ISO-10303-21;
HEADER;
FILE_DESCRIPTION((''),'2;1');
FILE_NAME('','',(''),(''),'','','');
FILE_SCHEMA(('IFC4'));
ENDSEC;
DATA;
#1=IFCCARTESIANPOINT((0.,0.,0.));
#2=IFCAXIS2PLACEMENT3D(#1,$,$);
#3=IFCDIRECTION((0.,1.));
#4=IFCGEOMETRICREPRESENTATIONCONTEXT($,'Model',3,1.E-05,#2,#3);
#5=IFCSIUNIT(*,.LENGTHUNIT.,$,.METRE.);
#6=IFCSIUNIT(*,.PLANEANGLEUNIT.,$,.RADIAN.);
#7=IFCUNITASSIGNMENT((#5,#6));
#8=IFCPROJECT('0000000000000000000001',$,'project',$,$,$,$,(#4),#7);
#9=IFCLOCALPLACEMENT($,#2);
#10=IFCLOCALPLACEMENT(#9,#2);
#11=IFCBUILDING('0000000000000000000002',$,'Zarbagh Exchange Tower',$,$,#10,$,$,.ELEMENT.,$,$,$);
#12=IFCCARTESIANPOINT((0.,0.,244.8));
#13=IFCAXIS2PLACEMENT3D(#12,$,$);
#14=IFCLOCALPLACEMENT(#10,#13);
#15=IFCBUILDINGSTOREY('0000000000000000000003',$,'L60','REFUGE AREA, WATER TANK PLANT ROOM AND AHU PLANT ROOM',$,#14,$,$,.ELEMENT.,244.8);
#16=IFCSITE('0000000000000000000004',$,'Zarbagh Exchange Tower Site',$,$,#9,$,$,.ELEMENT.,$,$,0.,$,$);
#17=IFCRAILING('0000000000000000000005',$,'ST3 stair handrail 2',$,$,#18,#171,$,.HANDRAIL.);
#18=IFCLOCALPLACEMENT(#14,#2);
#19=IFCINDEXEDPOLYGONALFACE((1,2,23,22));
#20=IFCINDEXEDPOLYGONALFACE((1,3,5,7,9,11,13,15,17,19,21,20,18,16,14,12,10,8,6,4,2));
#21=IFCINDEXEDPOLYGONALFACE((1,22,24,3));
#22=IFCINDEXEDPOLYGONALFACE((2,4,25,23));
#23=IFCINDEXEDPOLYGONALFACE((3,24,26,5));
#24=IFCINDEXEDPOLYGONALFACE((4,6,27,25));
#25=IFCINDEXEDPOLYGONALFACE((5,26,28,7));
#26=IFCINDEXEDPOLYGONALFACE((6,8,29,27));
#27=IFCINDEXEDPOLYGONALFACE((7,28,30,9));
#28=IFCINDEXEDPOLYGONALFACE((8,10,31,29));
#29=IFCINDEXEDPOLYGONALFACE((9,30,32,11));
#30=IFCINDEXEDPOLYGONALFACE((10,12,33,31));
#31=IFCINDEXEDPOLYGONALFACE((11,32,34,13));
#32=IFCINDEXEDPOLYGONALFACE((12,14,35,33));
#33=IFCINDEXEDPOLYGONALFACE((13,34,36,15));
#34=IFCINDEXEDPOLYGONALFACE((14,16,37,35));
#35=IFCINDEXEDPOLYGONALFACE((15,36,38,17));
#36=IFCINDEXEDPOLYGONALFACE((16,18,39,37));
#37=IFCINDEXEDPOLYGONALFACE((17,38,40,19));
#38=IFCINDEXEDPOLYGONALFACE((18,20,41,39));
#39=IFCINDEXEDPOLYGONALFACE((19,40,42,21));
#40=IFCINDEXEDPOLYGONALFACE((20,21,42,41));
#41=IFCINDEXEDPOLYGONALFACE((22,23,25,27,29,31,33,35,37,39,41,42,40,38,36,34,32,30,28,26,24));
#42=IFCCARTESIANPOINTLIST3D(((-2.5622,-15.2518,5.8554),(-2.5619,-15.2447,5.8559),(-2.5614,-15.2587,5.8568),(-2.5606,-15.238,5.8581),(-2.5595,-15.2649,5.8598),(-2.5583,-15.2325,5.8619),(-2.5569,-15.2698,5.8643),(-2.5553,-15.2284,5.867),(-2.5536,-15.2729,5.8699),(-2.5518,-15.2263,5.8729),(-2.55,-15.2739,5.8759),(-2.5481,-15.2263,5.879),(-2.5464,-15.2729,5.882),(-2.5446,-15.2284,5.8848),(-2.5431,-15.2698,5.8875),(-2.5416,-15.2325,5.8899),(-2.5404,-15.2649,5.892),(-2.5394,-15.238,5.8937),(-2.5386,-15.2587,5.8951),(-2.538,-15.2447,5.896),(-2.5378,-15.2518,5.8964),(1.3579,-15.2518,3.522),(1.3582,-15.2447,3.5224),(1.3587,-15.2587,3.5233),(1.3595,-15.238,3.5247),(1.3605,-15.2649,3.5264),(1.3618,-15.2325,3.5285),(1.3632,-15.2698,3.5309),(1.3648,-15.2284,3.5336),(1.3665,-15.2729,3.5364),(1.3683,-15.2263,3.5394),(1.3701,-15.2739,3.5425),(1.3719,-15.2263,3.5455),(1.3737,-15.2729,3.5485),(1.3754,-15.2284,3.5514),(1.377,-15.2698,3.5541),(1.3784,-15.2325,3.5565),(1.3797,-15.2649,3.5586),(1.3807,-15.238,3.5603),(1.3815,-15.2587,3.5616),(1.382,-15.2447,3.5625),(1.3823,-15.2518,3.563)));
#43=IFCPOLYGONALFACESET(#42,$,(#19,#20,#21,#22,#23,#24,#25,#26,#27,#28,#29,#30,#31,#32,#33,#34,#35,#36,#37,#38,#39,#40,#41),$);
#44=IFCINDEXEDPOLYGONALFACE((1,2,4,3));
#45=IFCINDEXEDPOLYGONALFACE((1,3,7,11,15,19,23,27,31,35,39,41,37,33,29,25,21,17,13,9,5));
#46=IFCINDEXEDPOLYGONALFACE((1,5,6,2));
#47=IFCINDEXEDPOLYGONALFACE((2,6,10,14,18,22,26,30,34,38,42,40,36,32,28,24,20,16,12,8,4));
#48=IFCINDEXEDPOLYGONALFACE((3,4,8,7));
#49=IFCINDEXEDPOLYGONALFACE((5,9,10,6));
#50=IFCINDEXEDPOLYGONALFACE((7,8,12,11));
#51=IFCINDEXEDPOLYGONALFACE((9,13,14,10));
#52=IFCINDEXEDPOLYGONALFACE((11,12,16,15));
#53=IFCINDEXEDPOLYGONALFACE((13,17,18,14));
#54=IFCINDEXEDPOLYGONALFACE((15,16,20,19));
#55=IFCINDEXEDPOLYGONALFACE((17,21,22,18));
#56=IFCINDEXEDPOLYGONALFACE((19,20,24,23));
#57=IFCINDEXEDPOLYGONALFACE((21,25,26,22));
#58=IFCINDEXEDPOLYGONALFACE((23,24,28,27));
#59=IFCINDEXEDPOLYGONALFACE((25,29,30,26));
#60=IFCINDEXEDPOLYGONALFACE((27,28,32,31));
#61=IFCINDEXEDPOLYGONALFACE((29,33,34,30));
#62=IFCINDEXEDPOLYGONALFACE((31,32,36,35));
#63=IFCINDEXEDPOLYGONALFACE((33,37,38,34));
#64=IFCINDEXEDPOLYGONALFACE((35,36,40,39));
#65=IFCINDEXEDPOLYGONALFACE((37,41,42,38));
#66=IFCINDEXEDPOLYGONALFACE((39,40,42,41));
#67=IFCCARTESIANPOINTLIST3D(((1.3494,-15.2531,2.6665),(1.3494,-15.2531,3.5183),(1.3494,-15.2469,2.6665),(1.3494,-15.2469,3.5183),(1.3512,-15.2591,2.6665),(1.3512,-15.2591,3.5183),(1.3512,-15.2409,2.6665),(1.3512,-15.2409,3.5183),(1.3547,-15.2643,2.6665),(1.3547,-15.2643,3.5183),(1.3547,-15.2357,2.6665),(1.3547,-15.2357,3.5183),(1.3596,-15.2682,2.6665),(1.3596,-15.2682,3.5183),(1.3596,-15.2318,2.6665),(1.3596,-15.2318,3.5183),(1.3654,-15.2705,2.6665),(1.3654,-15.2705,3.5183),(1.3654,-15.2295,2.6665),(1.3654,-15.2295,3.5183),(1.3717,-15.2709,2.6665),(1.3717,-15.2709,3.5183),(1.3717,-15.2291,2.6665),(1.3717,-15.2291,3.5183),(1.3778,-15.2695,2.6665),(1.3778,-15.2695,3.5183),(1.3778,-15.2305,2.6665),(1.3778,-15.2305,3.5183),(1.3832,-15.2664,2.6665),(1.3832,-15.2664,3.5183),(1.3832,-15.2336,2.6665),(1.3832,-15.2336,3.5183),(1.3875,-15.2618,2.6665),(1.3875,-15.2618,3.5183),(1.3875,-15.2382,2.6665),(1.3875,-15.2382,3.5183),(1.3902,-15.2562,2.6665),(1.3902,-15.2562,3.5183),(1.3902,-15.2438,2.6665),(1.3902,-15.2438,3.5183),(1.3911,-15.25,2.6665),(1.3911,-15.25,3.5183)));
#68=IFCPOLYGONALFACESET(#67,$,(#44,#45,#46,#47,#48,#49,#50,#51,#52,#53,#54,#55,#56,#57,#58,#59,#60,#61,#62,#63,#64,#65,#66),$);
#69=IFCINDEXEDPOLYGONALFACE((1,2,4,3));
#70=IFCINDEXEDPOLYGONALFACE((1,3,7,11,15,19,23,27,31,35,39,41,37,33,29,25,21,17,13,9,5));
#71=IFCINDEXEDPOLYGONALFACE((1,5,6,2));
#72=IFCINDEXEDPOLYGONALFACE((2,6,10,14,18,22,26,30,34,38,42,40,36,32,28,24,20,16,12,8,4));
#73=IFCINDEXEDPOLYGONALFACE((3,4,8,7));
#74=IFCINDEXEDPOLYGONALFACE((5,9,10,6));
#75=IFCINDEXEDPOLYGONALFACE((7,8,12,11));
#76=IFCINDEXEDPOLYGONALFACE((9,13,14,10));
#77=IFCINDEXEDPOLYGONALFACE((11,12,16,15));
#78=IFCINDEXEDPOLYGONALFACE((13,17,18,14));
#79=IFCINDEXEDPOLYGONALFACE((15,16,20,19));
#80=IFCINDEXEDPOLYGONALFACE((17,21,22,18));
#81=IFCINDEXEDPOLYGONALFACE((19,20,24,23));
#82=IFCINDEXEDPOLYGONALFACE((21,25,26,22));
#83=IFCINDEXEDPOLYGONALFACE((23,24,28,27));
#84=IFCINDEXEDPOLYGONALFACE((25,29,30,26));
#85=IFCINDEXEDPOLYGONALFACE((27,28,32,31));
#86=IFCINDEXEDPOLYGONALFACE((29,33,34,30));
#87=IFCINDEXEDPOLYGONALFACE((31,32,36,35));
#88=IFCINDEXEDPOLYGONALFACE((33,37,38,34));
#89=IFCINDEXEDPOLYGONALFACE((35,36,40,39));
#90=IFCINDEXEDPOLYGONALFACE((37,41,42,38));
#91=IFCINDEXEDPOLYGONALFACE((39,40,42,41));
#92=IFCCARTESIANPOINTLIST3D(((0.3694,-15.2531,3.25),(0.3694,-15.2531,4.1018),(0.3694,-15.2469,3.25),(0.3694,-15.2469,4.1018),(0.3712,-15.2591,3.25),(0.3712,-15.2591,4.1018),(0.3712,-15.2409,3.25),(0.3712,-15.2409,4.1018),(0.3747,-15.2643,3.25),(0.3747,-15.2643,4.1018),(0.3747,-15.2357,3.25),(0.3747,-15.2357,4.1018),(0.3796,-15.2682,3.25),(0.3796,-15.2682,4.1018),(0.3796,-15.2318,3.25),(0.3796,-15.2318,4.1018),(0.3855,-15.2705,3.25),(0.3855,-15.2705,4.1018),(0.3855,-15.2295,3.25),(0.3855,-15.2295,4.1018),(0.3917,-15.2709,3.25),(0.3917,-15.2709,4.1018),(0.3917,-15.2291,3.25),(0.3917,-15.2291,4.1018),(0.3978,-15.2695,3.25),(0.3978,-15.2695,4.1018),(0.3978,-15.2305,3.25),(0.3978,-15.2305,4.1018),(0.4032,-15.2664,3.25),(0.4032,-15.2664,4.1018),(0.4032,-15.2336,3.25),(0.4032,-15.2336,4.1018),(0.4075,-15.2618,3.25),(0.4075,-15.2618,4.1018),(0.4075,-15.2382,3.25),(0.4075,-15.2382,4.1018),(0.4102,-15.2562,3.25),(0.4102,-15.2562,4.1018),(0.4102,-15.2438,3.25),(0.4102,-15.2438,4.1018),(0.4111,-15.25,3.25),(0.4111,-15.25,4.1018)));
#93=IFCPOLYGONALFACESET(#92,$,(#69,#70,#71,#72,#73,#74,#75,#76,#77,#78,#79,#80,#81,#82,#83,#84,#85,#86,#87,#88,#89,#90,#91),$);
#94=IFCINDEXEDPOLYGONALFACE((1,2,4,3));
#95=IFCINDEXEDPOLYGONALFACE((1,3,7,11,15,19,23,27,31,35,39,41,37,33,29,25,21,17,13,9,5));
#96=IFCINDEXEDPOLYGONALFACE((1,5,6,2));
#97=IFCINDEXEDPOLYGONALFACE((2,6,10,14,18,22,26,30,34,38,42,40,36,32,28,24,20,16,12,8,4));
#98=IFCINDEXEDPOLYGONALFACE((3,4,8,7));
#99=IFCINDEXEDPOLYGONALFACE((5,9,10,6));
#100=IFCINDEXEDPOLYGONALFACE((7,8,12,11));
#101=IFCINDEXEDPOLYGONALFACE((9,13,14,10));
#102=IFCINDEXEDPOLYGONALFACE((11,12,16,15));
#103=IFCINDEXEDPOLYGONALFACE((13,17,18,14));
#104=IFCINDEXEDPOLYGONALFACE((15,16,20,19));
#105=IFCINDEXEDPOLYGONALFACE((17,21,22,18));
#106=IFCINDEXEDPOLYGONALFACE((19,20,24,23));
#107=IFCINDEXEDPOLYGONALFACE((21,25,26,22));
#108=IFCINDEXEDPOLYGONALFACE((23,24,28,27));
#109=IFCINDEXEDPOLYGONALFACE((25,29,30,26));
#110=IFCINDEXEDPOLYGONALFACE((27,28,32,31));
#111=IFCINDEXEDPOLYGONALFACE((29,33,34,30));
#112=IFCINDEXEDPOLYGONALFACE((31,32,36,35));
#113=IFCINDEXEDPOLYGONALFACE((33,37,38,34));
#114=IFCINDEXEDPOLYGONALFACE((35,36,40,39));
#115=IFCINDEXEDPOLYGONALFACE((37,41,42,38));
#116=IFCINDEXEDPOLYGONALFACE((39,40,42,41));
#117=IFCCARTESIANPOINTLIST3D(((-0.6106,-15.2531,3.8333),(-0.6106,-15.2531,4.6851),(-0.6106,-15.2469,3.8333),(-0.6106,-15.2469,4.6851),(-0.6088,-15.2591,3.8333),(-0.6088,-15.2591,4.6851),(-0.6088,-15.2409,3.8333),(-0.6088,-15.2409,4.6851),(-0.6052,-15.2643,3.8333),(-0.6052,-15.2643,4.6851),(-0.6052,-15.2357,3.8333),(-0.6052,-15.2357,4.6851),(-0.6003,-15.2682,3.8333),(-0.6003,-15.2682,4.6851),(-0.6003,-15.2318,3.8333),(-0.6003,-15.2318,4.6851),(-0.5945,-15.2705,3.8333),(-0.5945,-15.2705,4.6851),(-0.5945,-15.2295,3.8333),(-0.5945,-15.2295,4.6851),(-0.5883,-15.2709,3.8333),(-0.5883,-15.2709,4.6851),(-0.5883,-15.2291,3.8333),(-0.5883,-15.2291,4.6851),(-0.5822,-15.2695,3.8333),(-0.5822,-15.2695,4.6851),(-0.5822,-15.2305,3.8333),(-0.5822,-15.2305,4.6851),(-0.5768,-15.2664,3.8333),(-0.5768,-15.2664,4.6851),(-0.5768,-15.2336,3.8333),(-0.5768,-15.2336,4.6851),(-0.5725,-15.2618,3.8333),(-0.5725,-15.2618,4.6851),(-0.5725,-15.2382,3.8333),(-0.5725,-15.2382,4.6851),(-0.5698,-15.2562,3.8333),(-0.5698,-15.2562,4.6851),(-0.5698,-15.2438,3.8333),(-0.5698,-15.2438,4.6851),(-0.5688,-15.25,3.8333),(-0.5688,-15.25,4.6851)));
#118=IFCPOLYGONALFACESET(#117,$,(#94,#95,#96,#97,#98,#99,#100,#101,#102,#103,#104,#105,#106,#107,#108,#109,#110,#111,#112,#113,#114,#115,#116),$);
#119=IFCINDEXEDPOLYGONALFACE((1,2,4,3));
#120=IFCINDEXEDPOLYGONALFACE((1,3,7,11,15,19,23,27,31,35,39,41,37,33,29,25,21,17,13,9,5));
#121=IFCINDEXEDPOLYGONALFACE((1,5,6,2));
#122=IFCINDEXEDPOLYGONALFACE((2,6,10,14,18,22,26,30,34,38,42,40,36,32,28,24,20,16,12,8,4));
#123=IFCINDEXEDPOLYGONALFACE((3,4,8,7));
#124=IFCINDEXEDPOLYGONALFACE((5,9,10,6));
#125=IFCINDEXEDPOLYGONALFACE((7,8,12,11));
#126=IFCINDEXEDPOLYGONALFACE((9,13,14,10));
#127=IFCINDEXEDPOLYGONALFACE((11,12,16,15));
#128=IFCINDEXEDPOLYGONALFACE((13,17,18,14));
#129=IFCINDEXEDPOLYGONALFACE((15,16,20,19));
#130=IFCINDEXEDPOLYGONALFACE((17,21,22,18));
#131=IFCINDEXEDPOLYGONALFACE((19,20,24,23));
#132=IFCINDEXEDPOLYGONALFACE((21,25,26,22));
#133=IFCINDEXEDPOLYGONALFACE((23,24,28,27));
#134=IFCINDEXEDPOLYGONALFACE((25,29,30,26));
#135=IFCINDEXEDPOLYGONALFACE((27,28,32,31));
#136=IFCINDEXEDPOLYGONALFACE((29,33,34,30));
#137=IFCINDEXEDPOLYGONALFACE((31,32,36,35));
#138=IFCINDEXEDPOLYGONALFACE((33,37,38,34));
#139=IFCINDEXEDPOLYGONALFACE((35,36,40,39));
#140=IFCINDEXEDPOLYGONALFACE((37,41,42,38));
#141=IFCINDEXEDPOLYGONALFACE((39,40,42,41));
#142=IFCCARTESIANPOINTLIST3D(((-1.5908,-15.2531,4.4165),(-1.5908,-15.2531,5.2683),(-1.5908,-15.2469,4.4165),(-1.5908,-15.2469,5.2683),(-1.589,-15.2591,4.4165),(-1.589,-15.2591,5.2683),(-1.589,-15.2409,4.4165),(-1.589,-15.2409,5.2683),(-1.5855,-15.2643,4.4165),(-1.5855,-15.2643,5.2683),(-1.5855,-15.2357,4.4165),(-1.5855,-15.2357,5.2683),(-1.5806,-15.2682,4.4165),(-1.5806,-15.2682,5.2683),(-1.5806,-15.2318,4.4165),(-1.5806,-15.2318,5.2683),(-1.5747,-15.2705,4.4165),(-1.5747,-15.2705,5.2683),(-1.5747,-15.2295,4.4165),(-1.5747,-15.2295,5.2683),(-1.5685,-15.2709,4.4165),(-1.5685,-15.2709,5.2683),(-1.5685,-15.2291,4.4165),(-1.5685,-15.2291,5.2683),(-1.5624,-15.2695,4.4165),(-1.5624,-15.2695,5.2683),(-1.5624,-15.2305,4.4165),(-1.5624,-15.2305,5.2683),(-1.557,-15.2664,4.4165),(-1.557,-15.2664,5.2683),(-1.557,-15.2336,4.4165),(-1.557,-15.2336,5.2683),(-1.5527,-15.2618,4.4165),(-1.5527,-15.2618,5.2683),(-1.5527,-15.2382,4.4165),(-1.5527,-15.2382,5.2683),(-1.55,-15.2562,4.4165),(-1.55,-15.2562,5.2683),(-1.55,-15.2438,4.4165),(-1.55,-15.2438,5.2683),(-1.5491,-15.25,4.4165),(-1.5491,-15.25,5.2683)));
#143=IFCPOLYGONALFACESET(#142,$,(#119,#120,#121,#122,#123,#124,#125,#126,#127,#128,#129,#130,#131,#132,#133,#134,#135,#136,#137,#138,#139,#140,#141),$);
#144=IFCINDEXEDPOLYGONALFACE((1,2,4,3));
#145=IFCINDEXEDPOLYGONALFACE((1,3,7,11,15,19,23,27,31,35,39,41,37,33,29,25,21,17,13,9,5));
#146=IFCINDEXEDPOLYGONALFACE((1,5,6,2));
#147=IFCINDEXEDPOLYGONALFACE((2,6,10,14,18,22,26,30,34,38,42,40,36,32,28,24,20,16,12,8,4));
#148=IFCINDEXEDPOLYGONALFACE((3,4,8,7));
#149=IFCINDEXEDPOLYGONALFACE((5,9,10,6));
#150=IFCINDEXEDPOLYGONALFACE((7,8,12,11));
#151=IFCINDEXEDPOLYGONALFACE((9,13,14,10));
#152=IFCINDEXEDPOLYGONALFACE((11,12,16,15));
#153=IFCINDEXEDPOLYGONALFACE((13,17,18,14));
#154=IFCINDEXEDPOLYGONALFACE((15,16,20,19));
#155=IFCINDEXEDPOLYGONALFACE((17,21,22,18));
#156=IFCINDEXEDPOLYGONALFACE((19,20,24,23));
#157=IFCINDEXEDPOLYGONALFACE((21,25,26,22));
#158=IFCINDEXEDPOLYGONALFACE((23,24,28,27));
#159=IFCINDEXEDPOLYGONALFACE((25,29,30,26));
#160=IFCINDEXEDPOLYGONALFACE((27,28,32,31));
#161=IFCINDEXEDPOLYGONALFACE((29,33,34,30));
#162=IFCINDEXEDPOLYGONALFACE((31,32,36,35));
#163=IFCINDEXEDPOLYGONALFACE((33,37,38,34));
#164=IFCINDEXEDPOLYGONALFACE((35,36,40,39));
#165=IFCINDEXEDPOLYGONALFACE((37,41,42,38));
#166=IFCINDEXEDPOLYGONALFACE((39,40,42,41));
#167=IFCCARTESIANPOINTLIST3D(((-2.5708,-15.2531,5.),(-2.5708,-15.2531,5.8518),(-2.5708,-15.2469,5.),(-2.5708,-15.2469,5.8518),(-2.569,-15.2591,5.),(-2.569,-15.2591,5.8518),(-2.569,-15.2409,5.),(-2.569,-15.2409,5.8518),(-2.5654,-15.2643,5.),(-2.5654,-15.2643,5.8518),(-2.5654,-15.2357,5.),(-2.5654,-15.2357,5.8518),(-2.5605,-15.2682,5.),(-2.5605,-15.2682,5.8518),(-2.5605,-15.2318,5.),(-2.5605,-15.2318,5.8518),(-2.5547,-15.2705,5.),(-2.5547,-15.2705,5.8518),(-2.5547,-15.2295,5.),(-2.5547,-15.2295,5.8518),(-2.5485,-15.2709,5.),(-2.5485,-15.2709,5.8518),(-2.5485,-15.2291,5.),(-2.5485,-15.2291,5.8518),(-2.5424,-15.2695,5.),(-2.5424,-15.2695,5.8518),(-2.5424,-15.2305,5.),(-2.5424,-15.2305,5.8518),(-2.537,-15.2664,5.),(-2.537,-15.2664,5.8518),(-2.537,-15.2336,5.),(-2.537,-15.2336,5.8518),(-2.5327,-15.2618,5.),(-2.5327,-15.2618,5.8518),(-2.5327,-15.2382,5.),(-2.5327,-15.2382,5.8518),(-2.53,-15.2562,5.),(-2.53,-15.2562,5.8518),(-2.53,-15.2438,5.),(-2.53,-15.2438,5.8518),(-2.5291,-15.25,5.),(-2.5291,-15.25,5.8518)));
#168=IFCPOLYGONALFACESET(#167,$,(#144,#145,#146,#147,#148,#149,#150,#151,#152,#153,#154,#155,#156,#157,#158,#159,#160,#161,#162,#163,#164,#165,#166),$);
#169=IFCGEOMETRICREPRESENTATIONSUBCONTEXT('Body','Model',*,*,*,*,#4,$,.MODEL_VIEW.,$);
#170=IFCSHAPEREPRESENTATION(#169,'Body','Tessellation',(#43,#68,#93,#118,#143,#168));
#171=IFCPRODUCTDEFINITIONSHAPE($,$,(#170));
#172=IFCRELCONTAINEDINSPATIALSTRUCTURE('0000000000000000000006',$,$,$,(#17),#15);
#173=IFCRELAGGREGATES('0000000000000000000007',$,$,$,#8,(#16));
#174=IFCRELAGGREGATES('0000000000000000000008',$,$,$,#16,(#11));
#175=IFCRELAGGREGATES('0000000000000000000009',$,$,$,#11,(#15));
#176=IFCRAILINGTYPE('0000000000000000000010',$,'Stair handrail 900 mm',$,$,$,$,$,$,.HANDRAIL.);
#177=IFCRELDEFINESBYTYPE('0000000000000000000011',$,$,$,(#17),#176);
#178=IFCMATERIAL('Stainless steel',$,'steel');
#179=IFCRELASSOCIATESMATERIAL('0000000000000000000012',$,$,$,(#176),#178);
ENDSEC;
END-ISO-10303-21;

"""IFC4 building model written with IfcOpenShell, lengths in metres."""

from ifc_helpers import new_model, si_unit, direction, frame, origin, origin_2d, place, context, subcontext, project, spatial, circle, extrude, material, type_object, element, save


model = new_model("IFC4")

# Units and contexts
model_context = context("Model", 3, precision=1e-05, world=origin(), true_north=direction((0.0, 1.0)))
body_context = subcontext(model_context, "Body", "Model", "MODEL_VIEW")
ifc_project = project(units=[si_unit("LENGTHUNIT", "METRE"), si_unit("PLANEANGLEUNIT", "RADIAN")], contexts=[model_context])

# Site, building, storey
site_placement = place(None, origin())
site = spatial("IfcSite", under=ifc_project, at=site_placement, Name="Zarbagh Exchange Tower Site", CompositionType="ELEMENT", RefElevation=0.0)
building_placement = place(site_placement, origin())
building = spatial("IfcBuilding", under=site, at=building_placement, Name="Zarbagh Exchange Tower", CompositionType="ELEMENT")
storey_placement = place(building_placement, frame((0.0, 0.0, 244.8)))
storey = spatial("IfcBuildingStorey", under=building, at=storey_placement, Name="L60", Description="REFUGE AREA, WATER TANK PLANT ROOM AND AHU PLANT ROOM", CompositionType="ELEMENT", Elevation=244.8)

# Shared definitions
ifc_material_1 = material(Name="Stainless steel", Category="steel")

# Railing
railing_type_1 = type_object("IfcRailingType", Name="Stair handrail 900 mm", PredefinedType="HANDRAIL", material=ifc_material_1)
railing_1_placement = place(storey_placement, frame((1.3701, -15.25, 2.6665)))
element("IfcRailing", 1, at=railing_1_placement, inside=storey, type_object=railing_type_1, Name="ST3 stair handrail 2", PredefinedType="HANDRAIL", context=body_context, shape_type="SweptSolid", body=[
    extrude(circle(Radius=0.0239, at=origin_2d()), frame((0.0, 0.0, 0.876), z_axis=(-0.859287, 0.0, 0.511494), x_axis=(0.0, -1.0, 0.0)), (0.0, 0.0, 1.0), 4.562),
    extrude(circle(Radius=0.021, at=origin_2d()), origin(), (0.0, 0.0, 1.0), 0.8518),
    extrude(circle(Radius=0.021, at=origin_2d()), frame((-0.98, 0.0, 0.5835)), (0.0, 0.0, 1.0), 0.8518),
    extrude(circle(Radius=0.021, at=origin_2d()), frame((-1.96, 0.0, 1.1667)), (0.0, 0.0, 1.0), 0.8518),
    extrude(circle(Radius=0.021, at=origin_2d()), frame((-2.9402, 0.0, 1.75)), (0.0, 0.0, 1.0), 0.8518),
    extrude(circle(Radius=0.021, at=origin_2d()), frame((-3.9202, 0.0, 2.3335)), (0.0, 0.0, 1.0), 0.8518),
])

save(model, "model.ifc")
